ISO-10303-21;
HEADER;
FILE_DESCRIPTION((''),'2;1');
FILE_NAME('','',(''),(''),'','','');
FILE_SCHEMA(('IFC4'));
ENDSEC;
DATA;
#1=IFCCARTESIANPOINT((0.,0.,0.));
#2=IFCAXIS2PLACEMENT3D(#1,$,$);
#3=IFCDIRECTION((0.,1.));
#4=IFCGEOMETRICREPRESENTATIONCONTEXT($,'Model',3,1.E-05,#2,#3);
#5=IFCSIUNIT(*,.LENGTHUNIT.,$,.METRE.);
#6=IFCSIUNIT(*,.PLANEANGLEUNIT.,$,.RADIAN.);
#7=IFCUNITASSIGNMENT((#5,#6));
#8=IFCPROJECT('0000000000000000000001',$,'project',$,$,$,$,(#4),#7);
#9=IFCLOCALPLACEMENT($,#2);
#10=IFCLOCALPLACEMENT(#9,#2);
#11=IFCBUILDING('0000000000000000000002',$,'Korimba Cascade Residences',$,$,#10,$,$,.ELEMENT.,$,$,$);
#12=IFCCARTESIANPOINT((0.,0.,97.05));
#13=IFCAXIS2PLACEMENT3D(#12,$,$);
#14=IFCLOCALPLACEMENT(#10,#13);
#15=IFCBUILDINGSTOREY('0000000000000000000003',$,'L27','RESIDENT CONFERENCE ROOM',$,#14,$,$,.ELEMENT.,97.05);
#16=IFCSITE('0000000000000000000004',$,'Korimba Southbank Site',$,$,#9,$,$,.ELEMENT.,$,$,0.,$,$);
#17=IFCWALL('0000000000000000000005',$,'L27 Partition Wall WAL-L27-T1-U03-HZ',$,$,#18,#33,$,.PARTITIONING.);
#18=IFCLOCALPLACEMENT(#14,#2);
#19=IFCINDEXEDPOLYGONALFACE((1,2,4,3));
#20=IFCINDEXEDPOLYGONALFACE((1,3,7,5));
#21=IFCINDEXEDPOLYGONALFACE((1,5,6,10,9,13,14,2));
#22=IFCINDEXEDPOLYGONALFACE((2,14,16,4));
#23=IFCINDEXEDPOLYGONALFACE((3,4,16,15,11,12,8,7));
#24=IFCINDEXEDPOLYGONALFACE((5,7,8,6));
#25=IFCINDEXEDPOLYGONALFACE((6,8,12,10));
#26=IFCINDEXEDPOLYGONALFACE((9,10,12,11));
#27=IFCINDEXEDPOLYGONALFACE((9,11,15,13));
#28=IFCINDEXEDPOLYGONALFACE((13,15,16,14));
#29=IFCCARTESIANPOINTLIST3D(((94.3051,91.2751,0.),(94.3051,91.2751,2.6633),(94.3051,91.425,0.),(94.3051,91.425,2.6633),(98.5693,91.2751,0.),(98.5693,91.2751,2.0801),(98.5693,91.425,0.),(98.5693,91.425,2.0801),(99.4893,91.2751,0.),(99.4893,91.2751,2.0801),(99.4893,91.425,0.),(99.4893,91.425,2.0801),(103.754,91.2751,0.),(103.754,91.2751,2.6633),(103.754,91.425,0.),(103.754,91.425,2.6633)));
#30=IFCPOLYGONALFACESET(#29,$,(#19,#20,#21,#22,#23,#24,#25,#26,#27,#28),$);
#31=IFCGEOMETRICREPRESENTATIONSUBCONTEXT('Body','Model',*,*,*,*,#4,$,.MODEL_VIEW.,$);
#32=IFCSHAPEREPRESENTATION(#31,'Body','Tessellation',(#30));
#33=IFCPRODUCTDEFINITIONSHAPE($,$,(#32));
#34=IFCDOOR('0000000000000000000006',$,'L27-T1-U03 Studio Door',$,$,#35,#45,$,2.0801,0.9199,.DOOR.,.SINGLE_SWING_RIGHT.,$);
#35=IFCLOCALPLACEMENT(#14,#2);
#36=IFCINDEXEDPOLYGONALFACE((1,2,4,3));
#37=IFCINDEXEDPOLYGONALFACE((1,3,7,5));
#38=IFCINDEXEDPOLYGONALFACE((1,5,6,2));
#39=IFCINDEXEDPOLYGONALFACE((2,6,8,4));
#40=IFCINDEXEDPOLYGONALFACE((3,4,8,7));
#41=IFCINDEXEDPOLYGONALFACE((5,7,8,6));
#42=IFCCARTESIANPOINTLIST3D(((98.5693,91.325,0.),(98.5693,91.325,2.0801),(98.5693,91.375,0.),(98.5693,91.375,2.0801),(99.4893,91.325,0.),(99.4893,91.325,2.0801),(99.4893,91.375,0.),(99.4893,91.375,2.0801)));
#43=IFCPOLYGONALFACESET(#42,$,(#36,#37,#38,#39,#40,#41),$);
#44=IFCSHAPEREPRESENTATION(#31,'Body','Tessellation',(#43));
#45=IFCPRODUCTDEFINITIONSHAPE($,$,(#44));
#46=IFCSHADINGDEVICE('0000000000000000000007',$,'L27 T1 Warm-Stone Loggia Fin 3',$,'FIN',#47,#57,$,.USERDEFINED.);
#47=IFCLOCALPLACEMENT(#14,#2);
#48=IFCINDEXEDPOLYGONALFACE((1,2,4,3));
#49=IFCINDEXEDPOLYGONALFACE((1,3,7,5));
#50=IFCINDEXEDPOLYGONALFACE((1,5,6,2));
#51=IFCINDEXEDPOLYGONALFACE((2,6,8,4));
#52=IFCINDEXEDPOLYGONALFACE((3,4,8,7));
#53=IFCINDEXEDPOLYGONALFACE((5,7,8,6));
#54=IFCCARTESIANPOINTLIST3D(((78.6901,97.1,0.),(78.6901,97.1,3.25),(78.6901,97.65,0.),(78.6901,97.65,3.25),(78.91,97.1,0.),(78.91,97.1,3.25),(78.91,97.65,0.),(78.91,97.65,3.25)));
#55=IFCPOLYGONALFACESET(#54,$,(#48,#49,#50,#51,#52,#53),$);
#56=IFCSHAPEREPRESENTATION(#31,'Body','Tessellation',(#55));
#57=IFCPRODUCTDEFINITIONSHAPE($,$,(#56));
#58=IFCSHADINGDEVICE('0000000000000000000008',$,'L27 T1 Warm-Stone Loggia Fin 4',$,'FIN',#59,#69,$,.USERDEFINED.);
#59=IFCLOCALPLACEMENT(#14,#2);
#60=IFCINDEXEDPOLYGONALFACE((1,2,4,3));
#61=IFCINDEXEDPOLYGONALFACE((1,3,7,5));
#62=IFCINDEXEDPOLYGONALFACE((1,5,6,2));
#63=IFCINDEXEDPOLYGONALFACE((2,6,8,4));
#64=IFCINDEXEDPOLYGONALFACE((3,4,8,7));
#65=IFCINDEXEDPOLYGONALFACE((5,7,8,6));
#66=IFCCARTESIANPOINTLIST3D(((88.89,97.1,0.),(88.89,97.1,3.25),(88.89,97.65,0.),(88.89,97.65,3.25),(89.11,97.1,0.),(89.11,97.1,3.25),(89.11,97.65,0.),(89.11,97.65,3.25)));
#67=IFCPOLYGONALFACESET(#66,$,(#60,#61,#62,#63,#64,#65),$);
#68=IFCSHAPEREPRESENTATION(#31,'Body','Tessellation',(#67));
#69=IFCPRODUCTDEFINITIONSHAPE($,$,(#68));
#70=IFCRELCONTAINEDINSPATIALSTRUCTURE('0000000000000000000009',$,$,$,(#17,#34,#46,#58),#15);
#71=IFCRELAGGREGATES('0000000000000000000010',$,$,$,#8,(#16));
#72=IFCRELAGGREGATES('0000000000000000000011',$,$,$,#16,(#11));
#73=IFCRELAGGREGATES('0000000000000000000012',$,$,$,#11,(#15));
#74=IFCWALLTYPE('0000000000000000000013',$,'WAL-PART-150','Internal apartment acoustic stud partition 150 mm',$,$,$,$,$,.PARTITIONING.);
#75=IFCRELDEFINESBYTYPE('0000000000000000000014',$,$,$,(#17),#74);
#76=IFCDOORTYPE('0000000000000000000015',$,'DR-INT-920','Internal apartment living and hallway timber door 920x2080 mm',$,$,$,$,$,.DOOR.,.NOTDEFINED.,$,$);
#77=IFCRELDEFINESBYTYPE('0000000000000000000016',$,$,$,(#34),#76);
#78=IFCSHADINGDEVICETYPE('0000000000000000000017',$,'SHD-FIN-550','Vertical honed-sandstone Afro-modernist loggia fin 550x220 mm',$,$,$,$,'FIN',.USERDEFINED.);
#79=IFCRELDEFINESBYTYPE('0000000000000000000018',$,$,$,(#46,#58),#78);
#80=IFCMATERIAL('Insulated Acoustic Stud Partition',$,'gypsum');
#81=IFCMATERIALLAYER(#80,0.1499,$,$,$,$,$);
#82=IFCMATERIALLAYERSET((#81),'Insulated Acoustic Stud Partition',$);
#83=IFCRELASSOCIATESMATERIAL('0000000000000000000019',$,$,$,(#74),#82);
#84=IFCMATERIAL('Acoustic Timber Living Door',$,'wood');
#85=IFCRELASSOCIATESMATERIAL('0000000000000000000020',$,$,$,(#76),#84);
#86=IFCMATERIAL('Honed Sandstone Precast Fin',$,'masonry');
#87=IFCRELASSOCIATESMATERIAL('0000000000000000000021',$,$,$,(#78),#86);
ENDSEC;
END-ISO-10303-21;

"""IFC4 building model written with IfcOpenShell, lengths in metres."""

from ifc_helpers import new_model, si_unit, direction, frame, frame_2d, origin, origin_2d, place, context, subcontext, project, spatial, rectangle, extrude, material, layer, layer_set, type_object, element, fill, save


model = new_model("IFC4")

# Units and contexts
model_context = context("Model", 3, precision=1e-05, world=origin(), true_north=direction((0.0, 1.0)))
body_context = subcontext(model_context, "Body", "Model", "MODEL_VIEW")
ifc_project = project(units=[si_unit("LENGTHUNIT", "METRE"), si_unit("PLANEANGLEUNIT", "RADIAN")], contexts=[model_context])

# Site, building, storey
site_placement = place(None, origin())
site = spatial("IfcSite", under=ifc_project, at=site_placement, Name="Korimba Southbank Site", CompositionType="ELEMENT", RefElevation=0.0)
building_placement = place(site_placement, origin())
building = spatial("IfcBuilding", under=site, at=building_placement, Name="Korimba Cascade Residences", CompositionType="ELEMENT")
storey_placement = place(building_placement, frame((0.0, 0.0, 97.05)))
storey = spatial("IfcBuildingStorey", under=building, at=storey_placement, Name="L27", Description="RESIDENT CONFERENCE ROOM", CompositionType="ELEMENT", Elevation=97.05)

# Shared definitions
ifc_material_1 = material(Name="Insulated Acoustic Stud Partition", Category="gypsum")
ifc_layer_1 = layer(ifc_material_1, 0.1499)
ifc_layer_set_1 = layer_set([ifc_layer_1], Name="Insulated Acoustic Stud Partition")
wall_type_1 = type_object("IfcWallType", Name="WAL-PART-150", Description="Internal apartment acoustic stud partition 150 mm", PredefinedType="PARTITIONING", material=ifc_layer_set_1)

# Wall, opening, door
ifc_material_2 = material(Name="Acoustic Timber Living Door", Category="wood")
door_type_1 = type_object("IfcDoorType", Name="DR-INT-920", Description="Internal apartment living and hallway timber door 920x2080 mm", OperationType="NOTDEFINED", PredefinedType="DOOR", material=ifc_material_2)
wall_1_placement = place(storey_placement, frame((94.3049, 91.3501, 0.0), z_axis=(0.0, 0.0, 1.0), x_axis=(1.0, 0.0, 0.0)))
wall_1 = element("IfcWall", 1, at=wall_1_placement, inside=storey, type_object=wall_type_1, Name="L27 Partition Wall WAL-L27-T1-U03-HZ", PredefinedType="PARTITIONING", context=body_context, shape_type="SweptSolid", body=[
    extrude(rectangle(XDim=9.449, YDim=0.1499, at=frame_2d((4.7246, 0.0))), origin(), (0.0, 0.0, 1.0), 2.6633),
])
opening_1_placement = place(wall_1_placement, frame((4.2644, 0.0, 0.0)))
opening_1 = element("IfcOpeningElement", 2, at=opening_1_placement, cuts=wall_1, PredefinedType="OPENING", context=body_context, shape_type="SweptSolid", body=[
    extrude(rectangle(XDim=0.9199, YDim=2.0801, at=frame_2d((0.46, 1.04))), frame((0.0, 0.085, 0.0), z_axis=(0.0, -1.0, 0.0), x_axis=(1.0, 0.0, 0.0)), (0.0, 0.0, 1.0), 0.1699),
])
door_1_placement = place(opening_1_placement, origin())
door_1 = element("IfcDoor", 3, at=door_1_placement, inside=storey, type_object=door_type_1, Name="L27-T1-U03 Studio Door", OperationType="SINGLE_SWING_RIGHT", OverallHeight=2.0801, OverallWidth=0.9199, PredefinedType="DOOR", context=body_context, shape_type="SweptSolid", body=[
    extrude(rectangle(XDim=0.9199, YDim=2.0801, at=frame_2d((0.46, 1.04))), frame((0.0, 0.0249, 0.0), z_axis=(0.0, -1.0, 0.0), x_axis=(1.0, 0.0, 0.0)), (0.0, 0.0, 1.0), 0.05),
])
fill(opening_1, door_1)

# Shading devices
ifc_material_3 = material(Name="Honed Sandstone Precast Fin", Category="masonry")
shading_device_type = type_object("IfcShadingDeviceType", Name="SHD-FIN-550", Description="Vertical honed-sandstone Afro-modernist loggia fin 550x220 mm", ElementType="FIN", PredefinedType="USERDEFINED", material=ifc_material_3)
for number, where, z_axis, x_axis, name in (
    (4, (78.8, 97.375, 0.0), (0.0, 0.0, 1.0), (1.0, 0.0, 0.0), "L27 T1 Warm-Stone Loggia Fin 3"),
    (5, (89.0, 97.375, 0.0), (0.0, 0.0, 1.0), (1.0, 0.0, 0.0), "L27 T1 Warm-Stone Loggia Fin 4"),
):
    element("IfcShadingDevice", number, at=place(storey_placement, frame(where, z_axis=z_axis, x_axis=x_axis)), inside=storey, type_object=shading_device_type, Name=name, ObjectType="FIN", PredefinedType="USERDEFINED", context=body_context, shape_type="SweptSolid", body=[
        extrude(rectangle(XDim=0.22, YDim=0.55, at=origin_2d()), origin(), (0.0, 0.0, 1.0), 3.25),
    ])

save(model, "model.ifc")
